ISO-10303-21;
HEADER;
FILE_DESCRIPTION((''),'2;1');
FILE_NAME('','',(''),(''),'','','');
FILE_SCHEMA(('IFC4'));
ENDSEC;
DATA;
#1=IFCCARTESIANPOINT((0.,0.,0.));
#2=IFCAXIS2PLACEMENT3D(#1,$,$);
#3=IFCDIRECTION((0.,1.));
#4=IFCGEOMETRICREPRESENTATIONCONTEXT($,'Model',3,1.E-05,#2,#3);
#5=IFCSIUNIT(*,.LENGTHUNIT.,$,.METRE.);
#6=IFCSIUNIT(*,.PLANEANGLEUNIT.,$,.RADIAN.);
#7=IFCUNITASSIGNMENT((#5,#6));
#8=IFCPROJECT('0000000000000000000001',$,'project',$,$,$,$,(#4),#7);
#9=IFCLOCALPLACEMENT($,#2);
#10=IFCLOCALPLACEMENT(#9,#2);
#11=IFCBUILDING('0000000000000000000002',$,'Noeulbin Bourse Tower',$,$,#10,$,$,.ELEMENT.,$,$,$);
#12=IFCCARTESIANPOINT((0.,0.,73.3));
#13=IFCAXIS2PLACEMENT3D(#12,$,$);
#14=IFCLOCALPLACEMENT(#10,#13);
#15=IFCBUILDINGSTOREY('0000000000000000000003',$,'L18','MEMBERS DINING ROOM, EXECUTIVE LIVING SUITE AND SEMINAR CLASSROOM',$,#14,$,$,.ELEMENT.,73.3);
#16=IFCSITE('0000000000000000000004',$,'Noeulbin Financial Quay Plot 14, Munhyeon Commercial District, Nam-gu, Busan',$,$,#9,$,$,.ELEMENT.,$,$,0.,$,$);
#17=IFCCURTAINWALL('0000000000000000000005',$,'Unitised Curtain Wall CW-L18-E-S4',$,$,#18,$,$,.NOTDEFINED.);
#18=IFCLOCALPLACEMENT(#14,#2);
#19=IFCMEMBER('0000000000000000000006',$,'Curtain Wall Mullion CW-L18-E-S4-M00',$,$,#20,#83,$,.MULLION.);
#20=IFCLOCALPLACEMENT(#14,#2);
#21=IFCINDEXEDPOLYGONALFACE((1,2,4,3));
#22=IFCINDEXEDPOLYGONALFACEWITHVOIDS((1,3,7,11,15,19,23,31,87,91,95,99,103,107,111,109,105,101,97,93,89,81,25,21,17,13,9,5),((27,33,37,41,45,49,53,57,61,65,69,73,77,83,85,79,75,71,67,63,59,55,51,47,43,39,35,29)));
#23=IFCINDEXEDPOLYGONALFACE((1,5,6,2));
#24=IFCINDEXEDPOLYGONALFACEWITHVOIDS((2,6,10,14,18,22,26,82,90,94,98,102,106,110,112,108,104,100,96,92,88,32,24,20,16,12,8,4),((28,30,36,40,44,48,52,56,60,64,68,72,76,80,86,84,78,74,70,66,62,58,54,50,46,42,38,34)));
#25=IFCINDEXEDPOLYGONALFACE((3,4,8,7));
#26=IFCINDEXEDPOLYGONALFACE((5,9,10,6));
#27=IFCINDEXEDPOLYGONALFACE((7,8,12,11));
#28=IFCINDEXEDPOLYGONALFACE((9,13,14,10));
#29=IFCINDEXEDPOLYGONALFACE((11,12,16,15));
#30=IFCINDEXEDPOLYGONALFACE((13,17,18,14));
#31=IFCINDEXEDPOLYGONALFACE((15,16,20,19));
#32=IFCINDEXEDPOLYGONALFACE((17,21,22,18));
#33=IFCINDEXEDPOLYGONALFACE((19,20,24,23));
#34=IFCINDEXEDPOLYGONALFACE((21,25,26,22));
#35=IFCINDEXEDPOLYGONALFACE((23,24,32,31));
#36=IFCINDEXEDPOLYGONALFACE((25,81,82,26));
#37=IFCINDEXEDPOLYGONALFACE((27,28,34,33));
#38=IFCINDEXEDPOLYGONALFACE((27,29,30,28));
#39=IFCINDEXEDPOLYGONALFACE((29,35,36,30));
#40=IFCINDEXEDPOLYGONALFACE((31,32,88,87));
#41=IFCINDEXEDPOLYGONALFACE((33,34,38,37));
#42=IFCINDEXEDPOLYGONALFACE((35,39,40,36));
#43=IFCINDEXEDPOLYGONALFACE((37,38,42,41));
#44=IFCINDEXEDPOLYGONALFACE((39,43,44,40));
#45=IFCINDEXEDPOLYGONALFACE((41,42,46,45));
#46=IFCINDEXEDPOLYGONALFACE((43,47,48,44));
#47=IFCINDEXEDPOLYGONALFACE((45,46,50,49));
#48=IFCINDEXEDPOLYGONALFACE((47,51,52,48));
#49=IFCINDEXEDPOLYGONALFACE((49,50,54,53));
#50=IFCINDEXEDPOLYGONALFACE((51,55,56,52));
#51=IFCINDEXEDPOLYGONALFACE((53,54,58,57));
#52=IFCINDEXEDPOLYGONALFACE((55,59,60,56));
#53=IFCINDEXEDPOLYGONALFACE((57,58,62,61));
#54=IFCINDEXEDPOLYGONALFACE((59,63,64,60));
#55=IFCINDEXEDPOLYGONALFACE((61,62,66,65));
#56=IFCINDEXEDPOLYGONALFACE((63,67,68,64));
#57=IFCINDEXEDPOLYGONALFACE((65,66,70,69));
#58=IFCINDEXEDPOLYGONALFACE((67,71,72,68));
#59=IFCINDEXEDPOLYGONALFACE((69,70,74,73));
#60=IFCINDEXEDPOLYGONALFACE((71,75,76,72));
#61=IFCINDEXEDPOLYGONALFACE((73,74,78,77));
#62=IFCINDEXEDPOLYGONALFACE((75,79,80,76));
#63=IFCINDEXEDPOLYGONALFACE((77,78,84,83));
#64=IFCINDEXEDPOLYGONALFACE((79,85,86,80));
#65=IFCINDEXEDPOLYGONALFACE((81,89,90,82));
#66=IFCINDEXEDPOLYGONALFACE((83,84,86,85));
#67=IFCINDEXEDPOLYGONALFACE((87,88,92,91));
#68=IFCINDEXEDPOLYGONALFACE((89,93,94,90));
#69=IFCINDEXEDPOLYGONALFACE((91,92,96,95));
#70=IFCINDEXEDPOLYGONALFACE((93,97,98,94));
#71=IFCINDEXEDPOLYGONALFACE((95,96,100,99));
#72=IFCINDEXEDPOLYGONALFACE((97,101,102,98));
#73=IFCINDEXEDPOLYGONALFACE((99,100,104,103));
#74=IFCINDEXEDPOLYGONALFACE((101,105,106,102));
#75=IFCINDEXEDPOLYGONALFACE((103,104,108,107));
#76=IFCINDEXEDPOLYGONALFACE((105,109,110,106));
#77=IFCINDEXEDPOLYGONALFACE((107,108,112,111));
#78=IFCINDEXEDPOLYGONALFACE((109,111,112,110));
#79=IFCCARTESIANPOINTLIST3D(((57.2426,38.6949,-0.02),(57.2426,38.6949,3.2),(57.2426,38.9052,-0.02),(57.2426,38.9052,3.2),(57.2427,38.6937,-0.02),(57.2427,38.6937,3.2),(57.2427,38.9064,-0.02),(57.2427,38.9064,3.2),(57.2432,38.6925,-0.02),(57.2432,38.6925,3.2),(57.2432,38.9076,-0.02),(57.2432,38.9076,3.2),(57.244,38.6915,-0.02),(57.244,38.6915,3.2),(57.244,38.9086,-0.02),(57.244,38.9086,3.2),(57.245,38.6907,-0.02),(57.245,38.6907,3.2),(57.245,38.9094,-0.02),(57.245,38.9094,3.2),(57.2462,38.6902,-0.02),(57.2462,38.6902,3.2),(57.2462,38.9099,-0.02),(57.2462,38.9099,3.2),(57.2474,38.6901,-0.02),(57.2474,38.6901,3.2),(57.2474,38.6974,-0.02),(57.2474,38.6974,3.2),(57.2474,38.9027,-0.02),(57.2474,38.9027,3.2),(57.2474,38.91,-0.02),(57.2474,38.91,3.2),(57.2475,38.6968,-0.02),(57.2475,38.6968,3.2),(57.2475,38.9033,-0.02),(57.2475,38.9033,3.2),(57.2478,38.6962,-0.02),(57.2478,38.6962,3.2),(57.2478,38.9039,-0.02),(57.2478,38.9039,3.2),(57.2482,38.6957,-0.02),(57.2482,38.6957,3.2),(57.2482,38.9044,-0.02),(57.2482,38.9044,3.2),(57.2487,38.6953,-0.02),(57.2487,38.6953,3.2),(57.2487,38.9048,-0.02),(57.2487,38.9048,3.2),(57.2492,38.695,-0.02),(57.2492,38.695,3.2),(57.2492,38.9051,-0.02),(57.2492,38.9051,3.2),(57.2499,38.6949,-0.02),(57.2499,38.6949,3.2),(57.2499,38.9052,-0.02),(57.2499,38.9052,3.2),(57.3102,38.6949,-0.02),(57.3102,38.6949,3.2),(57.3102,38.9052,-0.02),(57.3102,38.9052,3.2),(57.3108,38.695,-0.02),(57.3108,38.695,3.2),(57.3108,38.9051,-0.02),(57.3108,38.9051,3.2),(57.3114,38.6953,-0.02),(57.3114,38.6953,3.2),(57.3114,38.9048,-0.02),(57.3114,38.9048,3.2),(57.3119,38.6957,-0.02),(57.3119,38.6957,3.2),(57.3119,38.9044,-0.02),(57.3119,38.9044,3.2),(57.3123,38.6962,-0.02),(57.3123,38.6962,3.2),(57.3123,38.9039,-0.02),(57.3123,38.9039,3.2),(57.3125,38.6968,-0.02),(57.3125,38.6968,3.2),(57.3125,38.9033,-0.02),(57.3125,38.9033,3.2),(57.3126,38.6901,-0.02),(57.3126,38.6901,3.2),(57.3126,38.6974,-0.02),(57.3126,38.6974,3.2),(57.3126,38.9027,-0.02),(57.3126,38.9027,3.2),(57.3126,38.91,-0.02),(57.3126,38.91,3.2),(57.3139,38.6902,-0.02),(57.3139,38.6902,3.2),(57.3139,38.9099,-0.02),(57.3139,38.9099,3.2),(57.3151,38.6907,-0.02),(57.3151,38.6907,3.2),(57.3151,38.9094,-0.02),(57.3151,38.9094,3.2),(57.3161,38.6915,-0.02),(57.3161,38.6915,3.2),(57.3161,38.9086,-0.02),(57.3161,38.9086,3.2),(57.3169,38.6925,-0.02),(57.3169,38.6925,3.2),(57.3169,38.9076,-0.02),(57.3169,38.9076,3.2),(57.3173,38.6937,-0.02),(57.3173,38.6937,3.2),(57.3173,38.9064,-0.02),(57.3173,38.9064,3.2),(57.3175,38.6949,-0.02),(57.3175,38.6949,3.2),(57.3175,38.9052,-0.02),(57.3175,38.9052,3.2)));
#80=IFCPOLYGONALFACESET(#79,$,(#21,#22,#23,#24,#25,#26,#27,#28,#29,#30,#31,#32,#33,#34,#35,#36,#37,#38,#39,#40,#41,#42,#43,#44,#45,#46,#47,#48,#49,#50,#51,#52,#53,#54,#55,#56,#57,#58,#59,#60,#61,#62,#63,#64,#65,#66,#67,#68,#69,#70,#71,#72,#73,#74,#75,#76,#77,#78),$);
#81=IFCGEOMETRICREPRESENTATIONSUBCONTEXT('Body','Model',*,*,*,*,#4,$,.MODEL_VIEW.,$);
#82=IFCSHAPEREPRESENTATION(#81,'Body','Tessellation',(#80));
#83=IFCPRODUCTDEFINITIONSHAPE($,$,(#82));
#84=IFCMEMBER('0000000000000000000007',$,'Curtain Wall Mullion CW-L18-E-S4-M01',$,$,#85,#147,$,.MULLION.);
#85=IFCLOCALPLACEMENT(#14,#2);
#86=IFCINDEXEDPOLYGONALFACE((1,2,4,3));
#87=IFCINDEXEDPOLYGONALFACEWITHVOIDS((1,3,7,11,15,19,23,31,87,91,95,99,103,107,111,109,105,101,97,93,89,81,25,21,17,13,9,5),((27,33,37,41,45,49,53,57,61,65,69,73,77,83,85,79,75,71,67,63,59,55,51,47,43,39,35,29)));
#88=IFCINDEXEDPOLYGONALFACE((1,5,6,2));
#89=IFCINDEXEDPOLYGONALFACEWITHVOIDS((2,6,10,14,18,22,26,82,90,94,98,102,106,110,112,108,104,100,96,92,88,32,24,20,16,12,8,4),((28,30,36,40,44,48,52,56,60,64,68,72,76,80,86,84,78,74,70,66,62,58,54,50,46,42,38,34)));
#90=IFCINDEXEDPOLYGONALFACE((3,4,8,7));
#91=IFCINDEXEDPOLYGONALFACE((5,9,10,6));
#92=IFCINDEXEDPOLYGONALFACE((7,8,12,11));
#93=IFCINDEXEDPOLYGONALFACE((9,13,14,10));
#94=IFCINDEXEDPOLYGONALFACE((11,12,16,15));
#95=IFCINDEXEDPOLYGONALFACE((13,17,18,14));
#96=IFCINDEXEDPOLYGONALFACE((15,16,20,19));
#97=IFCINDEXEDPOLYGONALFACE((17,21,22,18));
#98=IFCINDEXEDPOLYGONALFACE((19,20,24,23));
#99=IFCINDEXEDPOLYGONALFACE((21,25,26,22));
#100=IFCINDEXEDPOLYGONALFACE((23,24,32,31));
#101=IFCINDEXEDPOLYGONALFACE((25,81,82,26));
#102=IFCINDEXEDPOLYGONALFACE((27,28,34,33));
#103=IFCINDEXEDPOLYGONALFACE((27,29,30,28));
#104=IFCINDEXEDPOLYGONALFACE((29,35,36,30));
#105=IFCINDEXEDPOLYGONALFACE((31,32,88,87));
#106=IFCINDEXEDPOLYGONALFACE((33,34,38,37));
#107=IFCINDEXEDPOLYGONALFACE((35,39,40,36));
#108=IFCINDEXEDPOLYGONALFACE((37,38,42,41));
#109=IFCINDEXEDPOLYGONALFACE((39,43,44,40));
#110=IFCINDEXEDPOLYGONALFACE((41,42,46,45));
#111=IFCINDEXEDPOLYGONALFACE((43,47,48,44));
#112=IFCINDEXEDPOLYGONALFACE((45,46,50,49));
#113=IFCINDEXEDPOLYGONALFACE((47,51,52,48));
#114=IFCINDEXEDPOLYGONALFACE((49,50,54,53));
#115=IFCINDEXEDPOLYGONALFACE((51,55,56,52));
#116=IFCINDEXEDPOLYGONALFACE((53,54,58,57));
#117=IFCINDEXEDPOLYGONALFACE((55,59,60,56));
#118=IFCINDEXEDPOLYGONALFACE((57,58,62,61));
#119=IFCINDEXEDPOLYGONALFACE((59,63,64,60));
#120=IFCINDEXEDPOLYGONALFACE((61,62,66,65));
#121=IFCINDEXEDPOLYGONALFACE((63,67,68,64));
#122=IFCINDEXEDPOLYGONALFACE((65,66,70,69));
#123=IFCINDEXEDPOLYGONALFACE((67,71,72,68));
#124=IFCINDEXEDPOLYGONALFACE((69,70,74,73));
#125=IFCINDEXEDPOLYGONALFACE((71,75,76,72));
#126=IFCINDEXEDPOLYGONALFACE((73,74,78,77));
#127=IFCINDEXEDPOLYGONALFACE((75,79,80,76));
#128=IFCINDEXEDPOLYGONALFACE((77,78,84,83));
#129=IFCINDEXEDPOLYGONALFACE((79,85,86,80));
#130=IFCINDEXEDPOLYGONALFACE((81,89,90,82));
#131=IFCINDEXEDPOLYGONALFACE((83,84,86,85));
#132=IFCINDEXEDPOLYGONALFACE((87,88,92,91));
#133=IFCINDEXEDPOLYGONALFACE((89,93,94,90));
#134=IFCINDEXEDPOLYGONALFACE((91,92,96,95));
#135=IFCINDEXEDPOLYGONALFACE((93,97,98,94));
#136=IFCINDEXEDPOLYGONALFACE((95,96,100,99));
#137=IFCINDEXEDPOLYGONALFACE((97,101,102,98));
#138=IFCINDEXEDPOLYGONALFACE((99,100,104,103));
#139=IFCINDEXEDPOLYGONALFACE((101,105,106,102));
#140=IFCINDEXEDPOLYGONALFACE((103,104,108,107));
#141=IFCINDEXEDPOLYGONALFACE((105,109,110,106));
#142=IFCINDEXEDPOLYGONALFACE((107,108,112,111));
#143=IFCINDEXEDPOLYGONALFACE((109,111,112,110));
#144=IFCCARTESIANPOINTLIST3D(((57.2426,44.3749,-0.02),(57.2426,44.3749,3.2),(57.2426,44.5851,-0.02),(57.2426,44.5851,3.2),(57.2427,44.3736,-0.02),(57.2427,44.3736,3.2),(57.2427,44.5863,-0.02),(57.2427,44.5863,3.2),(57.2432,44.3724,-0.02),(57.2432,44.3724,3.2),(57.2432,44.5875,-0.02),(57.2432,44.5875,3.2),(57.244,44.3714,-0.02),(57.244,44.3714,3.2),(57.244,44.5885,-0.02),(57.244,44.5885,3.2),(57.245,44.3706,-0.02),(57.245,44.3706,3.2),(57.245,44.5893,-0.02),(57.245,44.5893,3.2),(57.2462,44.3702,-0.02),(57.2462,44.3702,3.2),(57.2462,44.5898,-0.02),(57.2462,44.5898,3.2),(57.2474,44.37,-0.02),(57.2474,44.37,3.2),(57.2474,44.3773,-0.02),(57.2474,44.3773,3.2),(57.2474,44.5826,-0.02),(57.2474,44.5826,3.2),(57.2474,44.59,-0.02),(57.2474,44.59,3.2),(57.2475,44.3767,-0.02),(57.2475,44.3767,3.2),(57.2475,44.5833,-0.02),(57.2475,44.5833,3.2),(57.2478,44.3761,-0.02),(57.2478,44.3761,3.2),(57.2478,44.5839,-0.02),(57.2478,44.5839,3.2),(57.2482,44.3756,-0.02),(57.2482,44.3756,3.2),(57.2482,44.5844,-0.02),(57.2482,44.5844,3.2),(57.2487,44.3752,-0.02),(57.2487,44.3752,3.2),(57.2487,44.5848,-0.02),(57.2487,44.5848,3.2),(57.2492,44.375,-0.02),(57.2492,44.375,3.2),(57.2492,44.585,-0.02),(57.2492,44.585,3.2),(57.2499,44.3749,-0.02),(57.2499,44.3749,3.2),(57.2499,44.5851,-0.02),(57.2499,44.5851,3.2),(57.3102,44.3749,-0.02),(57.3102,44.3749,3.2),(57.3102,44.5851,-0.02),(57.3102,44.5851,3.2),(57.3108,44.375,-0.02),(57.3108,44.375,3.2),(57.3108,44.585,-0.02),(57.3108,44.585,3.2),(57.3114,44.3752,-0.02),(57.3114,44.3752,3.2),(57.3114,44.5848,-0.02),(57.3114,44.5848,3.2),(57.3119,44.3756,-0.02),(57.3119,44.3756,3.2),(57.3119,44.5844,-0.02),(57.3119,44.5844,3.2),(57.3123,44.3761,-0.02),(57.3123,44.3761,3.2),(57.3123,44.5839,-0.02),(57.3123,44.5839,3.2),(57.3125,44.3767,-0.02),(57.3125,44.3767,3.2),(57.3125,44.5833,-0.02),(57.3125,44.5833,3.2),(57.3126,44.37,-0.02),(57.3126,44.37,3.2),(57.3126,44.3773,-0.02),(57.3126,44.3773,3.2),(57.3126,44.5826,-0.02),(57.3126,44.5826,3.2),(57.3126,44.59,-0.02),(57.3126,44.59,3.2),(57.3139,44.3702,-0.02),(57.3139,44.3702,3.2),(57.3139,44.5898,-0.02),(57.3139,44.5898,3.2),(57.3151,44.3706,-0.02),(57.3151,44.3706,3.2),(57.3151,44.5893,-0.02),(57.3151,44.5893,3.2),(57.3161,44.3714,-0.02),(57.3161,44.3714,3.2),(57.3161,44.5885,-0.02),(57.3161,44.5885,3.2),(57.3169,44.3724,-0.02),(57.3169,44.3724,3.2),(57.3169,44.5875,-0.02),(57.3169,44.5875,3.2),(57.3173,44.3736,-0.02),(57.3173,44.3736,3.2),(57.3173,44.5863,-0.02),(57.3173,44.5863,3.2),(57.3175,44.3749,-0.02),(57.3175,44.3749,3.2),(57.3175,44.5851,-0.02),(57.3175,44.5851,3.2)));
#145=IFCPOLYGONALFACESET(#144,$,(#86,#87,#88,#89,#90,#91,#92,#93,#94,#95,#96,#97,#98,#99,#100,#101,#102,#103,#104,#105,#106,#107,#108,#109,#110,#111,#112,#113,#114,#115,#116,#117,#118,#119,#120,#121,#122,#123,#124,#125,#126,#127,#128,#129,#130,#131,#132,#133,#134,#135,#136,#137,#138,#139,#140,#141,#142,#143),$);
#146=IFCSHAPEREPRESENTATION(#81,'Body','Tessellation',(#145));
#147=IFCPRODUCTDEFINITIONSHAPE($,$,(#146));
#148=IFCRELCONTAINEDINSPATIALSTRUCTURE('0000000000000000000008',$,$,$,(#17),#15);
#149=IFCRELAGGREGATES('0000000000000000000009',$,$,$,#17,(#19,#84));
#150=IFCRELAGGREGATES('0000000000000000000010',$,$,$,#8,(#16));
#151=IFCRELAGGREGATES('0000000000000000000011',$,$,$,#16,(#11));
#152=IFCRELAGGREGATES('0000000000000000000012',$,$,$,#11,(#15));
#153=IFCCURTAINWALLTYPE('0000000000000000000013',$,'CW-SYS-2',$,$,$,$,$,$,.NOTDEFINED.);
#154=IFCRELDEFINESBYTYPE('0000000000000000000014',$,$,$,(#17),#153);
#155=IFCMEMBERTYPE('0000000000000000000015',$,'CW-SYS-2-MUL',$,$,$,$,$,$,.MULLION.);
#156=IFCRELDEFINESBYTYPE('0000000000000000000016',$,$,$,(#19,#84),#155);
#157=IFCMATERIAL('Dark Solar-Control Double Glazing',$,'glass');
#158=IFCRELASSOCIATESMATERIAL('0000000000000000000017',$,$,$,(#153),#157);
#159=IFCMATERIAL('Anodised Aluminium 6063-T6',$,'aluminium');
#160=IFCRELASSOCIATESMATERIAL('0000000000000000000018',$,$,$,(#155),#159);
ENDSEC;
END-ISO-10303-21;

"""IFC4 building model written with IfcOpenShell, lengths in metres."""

from ifc_helpers import new_model, si_unit, direction, frame, origin, origin_2d, place, context, subcontext, project, spatial, hollow_rectangle, extrude, material, material_profile, profile_set, type_object, element, aggregate, save


model = new_model("IFC4")

# Units and contexts
model_context = context("Model", 3, precision=1e-05, world=origin(), true_north=direction((0.0, 1.0)))
body_context = subcontext(model_context, "Body", "Model", "MODEL_VIEW")
ifc_project = project(units=[si_unit("LENGTHUNIT", "METRE"), si_unit("PLANEANGLEUNIT", "RADIAN")], contexts=[model_context])

# Site, building, storey
site_placement = place(None, origin())
site = spatial("IfcSite", under=ifc_project, at=site_placement, Name="Noeulbin Financial Quay Plot 14, Munhyeon Commercial District, Nam-gu, Busan", CompositionType="ELEMENT", RefElevation=0.0)
building_placement = place(site_placement, origin())
building = spatial("IfcBuilding", under=site, at=building_placement, Name="Noeulbin Bourse Tower", CompositionType="ELEMENT")
storey_placement = place(building_placement, frame((0.0, 0.0, 73.3)))
storey = spatial("IfcBuildingStorey", under=building, at=storey_placement, Name="L18", Description="MEMBERS DINING ROOM, EXECUTIVE LIVING SUITE AND SEMINAR CLASSROOM", CompositionType="ELEMENT", Elevation=73.3)

# Shared definitions
ifc_material_1 = material(Name="Dark Solar-Control Double Glazing", Category="glass")
curtain_wall_type = type_object("IfcCurtainWallType", Name="CW-SYS-2", PredefinedType="NOTDEFINED", material=ifc_material_1)
ifc_material_2 = material(Name="Anodised Aluminium 6063-T6", Category="aluminium")
ifc_material_profile_1 = material_profile(ifc_material_2, hollow_rectangle(XDim=0.075, YDim=0.22, WallThickness=0.0049, InnerFilletRadius=0.0024, OuterFilletRadius=0.0049, at=origin_2d()), Name="ALU-MULL-75x220x5", Category="LoadBearing")
ifc_profile_set_1 = profile_set([ifc_material_profile_1], Name="Anodised Aluminium 6063-T6")
member_type_1 = type_object("IfcMemberType", Name="CW-SYS-2-MUL", PredefinedType="MULLION", material=ifc_profile_set_1)

# Curtain wall, members
curtain_wall_1_placement = place(storey_placement, origin())
curtain_wall_1 = element("IfcCurtainWall", 1, at=curtain_wall_1_placement, inside=storey, type_object=curtain_wall_type, Name="Unitised Curtain Wall CW-L18-E-S4", PredefinedType="NOTDEFINED")
member_1_placement = place(storey_placement, frame((57.28, 38.8, -0.02), z_axis=(0.0, 0.0, 1.0), x_axis=(1.0, 0.0, 0.0)))
member_1 = element("IfcMember", 2, at=member_1_placement, type_object=member_type_1, Name="Curtain Wall Mullion CW-L18-E-S4-M00", PredefinedType="MULLION", context=body_context, shape_type="SweptSolid", body=[
    extrude(hollow_rectangle(XDim=0.075, YDim=0.22, WallThickness=0.0049, InnerFilletRadius=0.0024, OuterFilletRadius=0.0049, at=origin_2d()), origin(), (0.0, 0.0, 1.0), 3.22),
])
member_2_placement = place(storey_placement, frame((57.28, 44.48, -0.02), z_axis=(0.0, 0.0, 1.0), x_axis=(1.0, 0.0, 0.0)))
member_2 = element("IfcMember", 3, at=member_2_placement, type_object=member_type_1, Name="Curtain Wall Mullion CW-L18-E-S4-M01", PredefinedType="MULLION", context=body_context, shape_type="SweptSolid", body=[
    extrude(hollow_rectangle(XDim=0.075, YDim=0.22, WallThickness=0.0049, InnerFilletRadius=0.0024, OuterFilletRadius=0.0049, at=origin_2d()), origin(), (0.0, 0.0, 1.0), 3.22),
])

aggregate(curtain_wall_1, [member_1, member_2])

save(model, "model.ifc")
